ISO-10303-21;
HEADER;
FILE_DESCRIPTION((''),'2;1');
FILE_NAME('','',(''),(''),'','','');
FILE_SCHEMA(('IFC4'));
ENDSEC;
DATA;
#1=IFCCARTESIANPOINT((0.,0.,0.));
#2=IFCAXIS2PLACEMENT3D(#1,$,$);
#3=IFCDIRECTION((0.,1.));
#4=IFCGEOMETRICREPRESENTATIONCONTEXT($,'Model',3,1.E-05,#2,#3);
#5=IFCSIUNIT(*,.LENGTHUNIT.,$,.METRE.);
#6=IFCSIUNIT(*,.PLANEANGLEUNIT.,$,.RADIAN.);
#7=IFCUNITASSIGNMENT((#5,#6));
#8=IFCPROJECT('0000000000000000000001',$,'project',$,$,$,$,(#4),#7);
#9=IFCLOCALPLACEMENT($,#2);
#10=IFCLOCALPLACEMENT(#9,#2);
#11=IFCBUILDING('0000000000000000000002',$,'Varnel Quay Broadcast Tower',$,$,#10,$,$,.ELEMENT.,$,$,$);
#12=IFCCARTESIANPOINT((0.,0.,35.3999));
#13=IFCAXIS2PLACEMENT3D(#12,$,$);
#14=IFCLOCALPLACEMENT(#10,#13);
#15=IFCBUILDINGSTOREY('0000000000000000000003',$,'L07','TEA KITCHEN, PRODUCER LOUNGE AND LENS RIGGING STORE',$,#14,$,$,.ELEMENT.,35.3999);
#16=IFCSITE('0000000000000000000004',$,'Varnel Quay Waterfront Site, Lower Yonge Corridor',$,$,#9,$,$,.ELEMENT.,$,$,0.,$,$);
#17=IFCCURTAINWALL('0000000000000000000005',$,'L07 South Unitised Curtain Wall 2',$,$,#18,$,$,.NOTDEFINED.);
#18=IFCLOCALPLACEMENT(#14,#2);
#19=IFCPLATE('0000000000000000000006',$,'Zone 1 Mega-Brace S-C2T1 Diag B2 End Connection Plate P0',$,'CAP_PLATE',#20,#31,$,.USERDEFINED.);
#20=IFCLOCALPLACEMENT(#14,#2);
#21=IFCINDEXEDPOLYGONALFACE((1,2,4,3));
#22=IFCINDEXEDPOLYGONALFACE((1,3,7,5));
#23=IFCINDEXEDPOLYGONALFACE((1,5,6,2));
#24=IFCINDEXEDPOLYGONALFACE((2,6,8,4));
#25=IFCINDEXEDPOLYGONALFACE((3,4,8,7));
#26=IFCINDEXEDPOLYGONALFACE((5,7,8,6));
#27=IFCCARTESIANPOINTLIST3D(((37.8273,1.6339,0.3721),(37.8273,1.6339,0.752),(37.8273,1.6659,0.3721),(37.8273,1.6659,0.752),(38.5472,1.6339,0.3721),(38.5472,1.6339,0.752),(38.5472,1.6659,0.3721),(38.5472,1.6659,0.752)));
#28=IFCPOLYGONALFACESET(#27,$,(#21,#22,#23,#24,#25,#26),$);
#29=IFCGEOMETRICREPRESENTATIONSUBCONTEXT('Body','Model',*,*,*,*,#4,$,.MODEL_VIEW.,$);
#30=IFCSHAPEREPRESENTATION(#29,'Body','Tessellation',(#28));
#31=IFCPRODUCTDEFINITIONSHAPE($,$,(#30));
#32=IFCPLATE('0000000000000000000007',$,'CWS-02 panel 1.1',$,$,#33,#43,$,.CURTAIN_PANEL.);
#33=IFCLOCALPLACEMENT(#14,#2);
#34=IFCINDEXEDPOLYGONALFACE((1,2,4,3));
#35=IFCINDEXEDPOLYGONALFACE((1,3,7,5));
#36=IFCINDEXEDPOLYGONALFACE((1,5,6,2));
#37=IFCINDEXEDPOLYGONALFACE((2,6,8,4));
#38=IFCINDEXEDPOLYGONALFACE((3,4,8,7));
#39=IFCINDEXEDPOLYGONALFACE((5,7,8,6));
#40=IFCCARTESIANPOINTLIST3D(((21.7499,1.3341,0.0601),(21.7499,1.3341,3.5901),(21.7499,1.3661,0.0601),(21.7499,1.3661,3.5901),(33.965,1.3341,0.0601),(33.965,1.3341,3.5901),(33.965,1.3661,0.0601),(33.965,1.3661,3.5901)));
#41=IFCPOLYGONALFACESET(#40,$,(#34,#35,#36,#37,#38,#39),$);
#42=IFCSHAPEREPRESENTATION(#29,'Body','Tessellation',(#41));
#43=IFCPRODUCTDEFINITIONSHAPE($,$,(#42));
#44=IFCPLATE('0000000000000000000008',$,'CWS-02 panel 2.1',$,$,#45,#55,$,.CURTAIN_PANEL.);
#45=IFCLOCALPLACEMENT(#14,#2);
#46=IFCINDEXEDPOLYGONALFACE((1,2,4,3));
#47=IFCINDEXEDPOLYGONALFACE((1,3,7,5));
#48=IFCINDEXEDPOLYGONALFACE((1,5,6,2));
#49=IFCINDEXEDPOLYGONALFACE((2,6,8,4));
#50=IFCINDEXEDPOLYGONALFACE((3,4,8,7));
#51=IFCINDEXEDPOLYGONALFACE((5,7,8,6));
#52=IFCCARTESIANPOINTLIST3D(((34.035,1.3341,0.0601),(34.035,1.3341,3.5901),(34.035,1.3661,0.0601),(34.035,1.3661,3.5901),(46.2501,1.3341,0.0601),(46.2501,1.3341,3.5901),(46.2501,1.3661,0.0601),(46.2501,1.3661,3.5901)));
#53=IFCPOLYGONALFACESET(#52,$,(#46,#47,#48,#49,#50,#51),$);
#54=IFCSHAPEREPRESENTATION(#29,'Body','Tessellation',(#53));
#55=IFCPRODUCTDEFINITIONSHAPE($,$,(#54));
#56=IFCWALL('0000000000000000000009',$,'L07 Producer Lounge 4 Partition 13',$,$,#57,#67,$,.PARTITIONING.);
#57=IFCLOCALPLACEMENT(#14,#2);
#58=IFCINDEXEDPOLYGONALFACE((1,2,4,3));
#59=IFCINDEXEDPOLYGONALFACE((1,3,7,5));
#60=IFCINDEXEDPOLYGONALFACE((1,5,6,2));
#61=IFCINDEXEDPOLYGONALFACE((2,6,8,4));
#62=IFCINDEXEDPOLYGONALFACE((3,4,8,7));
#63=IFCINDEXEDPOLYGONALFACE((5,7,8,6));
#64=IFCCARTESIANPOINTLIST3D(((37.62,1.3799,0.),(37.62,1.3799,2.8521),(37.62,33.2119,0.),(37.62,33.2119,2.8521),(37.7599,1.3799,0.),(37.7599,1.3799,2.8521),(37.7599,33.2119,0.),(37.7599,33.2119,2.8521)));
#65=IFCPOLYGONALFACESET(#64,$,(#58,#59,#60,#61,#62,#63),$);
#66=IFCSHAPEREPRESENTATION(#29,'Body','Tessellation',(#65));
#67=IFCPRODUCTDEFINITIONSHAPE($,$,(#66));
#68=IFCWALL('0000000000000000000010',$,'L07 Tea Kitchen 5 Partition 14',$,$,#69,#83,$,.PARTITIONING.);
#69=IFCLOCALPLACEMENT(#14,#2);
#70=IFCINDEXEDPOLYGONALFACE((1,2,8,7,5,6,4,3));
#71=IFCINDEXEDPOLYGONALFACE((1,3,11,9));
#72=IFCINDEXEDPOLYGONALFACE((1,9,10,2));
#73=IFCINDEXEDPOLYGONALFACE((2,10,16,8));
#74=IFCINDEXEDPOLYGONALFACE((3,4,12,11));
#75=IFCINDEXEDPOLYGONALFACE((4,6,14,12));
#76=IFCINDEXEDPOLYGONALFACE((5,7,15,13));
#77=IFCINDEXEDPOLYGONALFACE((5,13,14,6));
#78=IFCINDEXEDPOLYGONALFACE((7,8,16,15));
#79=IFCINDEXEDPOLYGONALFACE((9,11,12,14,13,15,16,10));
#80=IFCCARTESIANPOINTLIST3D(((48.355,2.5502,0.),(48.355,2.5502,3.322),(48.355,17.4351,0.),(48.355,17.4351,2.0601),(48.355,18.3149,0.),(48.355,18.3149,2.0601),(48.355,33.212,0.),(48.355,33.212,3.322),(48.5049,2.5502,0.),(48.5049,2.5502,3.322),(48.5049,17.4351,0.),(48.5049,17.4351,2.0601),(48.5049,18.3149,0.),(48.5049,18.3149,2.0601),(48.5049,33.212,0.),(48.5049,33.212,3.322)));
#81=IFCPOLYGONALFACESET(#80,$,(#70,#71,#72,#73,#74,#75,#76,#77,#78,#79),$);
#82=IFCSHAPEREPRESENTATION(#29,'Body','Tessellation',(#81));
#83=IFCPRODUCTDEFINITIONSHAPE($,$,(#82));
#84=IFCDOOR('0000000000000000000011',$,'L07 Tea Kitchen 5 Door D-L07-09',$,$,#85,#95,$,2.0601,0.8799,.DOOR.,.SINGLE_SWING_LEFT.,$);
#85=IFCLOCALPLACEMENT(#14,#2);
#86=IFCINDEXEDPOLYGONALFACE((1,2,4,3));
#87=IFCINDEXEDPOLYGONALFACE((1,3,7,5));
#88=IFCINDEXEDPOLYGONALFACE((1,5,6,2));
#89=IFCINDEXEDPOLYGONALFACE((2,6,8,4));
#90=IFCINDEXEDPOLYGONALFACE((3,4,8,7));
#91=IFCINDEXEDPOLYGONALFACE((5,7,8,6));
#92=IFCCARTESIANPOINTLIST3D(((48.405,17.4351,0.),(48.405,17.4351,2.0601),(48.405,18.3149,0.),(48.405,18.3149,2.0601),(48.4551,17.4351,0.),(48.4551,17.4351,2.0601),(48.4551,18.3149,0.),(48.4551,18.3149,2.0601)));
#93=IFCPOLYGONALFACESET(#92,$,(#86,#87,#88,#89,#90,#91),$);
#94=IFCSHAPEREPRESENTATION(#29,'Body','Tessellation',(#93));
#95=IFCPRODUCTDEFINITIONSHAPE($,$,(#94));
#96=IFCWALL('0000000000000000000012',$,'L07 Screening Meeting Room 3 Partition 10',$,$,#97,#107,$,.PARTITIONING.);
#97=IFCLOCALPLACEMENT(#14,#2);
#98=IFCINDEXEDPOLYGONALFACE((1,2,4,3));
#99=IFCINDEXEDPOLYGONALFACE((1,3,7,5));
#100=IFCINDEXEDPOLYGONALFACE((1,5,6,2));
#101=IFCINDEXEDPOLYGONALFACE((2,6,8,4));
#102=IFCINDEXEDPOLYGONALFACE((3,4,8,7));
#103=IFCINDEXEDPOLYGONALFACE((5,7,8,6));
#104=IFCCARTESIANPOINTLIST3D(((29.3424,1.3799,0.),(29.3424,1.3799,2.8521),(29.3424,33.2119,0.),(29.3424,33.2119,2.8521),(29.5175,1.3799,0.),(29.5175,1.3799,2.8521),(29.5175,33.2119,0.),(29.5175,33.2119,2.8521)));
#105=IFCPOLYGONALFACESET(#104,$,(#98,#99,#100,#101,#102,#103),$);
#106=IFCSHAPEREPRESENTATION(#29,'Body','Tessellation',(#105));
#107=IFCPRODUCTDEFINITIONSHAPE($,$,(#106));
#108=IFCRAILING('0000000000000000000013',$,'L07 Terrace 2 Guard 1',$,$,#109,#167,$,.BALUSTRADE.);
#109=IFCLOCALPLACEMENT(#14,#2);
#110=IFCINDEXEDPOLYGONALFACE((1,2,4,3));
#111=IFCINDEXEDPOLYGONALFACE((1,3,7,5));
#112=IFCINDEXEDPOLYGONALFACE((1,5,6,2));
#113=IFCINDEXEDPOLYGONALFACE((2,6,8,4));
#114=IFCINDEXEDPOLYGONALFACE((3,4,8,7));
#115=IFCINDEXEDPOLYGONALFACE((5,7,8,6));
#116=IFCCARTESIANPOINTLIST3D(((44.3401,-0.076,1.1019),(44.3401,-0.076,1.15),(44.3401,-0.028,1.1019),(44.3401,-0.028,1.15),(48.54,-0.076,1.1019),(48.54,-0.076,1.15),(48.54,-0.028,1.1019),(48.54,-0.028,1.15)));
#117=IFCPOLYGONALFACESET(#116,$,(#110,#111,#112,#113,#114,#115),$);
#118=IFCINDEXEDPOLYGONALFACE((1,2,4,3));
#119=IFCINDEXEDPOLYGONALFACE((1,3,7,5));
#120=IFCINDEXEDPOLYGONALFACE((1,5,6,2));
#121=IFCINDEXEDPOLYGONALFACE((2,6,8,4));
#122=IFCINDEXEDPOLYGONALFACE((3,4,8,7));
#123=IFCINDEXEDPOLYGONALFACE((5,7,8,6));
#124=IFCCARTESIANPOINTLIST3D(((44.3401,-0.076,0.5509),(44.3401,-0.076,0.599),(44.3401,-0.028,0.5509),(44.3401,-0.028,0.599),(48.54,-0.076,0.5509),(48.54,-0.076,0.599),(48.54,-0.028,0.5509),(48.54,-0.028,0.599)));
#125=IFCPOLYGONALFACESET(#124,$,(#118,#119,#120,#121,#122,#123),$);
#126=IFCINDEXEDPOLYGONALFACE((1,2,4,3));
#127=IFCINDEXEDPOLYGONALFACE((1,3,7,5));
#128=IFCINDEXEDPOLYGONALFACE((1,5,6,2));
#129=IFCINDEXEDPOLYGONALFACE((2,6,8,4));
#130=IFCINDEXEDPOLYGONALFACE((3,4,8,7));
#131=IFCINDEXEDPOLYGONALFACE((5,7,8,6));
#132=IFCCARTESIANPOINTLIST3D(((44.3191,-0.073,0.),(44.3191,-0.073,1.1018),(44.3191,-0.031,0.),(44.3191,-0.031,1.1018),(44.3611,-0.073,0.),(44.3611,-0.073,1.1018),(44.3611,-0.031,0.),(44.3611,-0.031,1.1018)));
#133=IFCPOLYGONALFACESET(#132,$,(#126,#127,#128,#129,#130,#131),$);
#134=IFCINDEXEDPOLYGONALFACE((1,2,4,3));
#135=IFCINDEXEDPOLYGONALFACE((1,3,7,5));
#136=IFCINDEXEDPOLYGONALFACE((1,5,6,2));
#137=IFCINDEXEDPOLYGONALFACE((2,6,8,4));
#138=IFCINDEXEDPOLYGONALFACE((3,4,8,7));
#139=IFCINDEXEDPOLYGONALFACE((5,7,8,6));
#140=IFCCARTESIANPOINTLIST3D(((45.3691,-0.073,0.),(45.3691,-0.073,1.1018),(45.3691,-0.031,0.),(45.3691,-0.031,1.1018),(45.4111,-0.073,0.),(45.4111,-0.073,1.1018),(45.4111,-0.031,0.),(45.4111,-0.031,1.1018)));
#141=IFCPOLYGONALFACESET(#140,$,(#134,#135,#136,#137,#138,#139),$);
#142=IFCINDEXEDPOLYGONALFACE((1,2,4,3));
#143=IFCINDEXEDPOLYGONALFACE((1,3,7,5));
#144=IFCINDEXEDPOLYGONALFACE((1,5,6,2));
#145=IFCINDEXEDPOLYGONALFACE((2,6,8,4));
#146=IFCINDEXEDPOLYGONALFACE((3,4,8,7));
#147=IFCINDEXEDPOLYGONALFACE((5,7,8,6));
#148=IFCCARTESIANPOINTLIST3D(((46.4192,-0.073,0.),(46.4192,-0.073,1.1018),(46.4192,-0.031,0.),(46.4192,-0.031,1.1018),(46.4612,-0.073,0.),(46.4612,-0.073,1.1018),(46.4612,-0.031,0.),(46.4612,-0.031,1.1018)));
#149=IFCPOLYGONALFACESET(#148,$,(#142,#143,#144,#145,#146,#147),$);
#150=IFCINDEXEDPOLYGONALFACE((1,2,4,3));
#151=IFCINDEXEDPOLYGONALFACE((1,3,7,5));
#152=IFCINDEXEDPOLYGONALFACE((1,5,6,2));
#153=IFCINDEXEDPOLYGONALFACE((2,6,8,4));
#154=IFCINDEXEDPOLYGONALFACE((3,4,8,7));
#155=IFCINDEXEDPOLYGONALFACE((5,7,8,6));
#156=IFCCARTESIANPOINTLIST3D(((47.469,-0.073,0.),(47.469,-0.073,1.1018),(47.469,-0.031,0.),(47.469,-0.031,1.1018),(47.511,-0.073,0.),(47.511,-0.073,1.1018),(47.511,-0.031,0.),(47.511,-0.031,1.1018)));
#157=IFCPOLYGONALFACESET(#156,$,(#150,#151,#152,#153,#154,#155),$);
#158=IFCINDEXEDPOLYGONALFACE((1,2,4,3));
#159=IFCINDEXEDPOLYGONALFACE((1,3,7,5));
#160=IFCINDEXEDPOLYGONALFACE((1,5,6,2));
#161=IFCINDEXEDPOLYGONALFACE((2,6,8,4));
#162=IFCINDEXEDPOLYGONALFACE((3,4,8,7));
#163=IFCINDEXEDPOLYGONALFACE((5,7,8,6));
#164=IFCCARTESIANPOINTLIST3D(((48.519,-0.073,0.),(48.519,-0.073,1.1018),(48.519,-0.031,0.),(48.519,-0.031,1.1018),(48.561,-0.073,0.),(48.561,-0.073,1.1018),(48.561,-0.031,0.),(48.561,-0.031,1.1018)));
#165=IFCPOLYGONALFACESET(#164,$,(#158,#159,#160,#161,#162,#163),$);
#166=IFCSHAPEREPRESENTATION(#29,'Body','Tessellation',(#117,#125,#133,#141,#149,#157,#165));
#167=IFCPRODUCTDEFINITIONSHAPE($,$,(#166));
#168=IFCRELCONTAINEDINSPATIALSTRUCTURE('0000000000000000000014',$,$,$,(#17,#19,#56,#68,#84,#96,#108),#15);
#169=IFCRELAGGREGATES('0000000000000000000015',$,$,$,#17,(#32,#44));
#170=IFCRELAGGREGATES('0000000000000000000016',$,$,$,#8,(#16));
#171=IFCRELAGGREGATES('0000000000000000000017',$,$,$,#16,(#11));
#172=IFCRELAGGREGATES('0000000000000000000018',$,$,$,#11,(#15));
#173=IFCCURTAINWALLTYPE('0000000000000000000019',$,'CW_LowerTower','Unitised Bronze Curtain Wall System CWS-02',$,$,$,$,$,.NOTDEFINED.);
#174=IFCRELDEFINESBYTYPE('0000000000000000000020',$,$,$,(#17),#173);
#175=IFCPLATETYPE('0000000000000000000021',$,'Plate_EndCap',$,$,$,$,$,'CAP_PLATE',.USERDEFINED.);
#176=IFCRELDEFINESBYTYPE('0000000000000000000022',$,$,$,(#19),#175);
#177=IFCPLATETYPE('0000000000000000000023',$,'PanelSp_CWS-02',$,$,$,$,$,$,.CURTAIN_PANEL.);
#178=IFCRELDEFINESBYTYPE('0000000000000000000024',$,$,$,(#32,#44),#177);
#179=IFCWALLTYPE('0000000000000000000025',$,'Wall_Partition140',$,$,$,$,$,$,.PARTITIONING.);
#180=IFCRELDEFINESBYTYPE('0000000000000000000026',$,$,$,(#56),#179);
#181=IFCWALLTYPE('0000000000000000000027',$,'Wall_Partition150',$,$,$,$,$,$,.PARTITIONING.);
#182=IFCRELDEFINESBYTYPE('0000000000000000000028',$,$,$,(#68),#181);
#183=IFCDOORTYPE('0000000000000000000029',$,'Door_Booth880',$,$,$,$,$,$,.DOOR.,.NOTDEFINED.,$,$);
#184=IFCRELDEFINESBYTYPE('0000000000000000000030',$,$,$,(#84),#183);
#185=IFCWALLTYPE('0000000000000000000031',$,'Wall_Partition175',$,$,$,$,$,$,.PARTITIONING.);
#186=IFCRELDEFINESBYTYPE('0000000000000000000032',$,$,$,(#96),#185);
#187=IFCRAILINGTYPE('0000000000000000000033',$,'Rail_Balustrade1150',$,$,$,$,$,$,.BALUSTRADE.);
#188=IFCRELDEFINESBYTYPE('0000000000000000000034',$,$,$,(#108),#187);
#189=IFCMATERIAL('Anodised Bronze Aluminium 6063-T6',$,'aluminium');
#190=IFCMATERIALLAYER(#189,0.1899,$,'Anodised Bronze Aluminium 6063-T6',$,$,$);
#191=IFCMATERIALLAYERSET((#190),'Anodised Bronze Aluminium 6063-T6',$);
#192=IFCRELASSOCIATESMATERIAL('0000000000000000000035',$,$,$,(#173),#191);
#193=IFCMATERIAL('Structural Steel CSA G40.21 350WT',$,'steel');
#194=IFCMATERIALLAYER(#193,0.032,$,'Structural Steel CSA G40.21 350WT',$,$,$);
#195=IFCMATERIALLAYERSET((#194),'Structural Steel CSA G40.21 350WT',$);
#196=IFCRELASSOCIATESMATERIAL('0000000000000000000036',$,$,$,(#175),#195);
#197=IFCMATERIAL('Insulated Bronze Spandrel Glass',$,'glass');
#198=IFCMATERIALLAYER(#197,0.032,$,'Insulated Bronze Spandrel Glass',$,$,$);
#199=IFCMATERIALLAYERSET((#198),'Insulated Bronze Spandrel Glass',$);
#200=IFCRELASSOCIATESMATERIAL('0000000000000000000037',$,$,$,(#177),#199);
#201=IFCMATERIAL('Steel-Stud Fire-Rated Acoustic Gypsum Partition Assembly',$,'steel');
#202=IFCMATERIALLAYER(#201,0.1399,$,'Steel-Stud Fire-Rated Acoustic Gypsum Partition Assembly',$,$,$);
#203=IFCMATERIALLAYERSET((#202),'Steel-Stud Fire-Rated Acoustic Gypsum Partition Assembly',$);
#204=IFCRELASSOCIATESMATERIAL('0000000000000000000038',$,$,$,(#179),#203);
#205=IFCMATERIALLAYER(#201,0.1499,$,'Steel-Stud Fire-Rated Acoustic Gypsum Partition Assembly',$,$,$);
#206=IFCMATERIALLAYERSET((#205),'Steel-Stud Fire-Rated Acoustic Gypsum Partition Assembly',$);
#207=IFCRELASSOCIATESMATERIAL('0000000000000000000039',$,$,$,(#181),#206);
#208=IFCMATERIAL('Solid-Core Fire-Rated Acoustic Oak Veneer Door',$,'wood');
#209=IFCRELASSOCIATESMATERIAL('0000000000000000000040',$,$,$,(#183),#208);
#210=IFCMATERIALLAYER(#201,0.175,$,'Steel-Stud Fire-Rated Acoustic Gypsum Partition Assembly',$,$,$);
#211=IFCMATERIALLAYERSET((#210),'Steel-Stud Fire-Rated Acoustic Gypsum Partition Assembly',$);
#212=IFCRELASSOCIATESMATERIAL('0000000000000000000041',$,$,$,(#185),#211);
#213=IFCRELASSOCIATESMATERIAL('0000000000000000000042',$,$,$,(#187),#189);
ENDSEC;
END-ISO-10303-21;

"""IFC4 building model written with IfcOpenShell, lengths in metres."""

from ifc_helpers import new_model, si_unit, direction, frame, frame_2d, origin, origin_2d, place, context, subcontext, project, spatial, rectangle, extrude, source, transform, mapped, material, layer, layer_set, type_object, type_shapes, element, fill, aggregate, save


model = new_model("IFC4")

# Units and contexts
model_context = context("Model", 3, precision=1e-05, world=origin(), true_north=direction((0.0, 1.0)))
body_context = subcontext(model_context, "Body", "Model", "MODEL_VIEW")
ifc_project = project(units=[si_unit("LENGTHUNIT", "METRE"), si_unit("PLANEANGLEUNIT", "RADIAN")], contexts=[model_context])

# Site, building, storey
site_placement = place(None, origin())
site = spatial("IfcSite", under=ifc_project, at=site_placement, Name="Varnel Quay Waterfront Site, Lower Yonge Corridor", CompositionType="ELEMENT", RefElevation=0.0)
building_placement = place(site_placement, origin())
building = spatial("IfcBuilding", under=site, at=building_placement, Name="Varnel Quay Broadcast Tower", CompositionType="ELEMENT")
storey_placement = place(building_placement, frame((0.0, 0.0, 35.3999)))
storey = spatial("IfcBuildingStorey", under=building, at=storey_placement, Name="L07", Description="TEA KITCHEN, PRODUCER LOUNGE AND LENS RIGGING STORE", CompositionType="ELEMENT", Elevation=35.3999)

# Curtain wall
ifc_material_1 = material(Name="Anodised Bronze Aluminium 6063-T6", Category="aluminium")
ifc_layer_1 = layer(ifc_material_1, 0.1899, Name="Anodised Bronze Aluminium 6063-T6")
ifc_layer_set_1 = layer_set([ifc_layer_1], Name="Anodised Bronze Aluminium 6063-T6")
curtain_wall_type = type_object("IfcCurtainWallType", Name="CW_LowerTower", Description="Unitised Bronze Curtain Wall System CWS-02", PredefinedType="NOTDEFINED", material=ifc_layer_set_1)
curtain_wall_placement = place(storey_placement, origin())
curtain_wall = element("IfcCurtainWall", 1, at=curtain_wall_placement, inside=storey, type_object=curtain_wall_type, Name="L07 South Unitised Curtain Wall 2", PredefinedType="NOTDEFINED")

# Plate
ifc_material_2 = material(Name="Structural Steel CSA G40.21 350WT", Category="steel")
ifc_layer_2 = layer(ifc_material_2, 0.032, Name="Structural Steel CSA G40.21 350WT")
ifc_layer_set_2 = layer_set([ifc_layer_2], Name="Structural Steel CSA G40.21 350WT")
plate_type_1 = type_object("IfcPlateType", Name="Plate_EndCap", ElementType="CAP_PLATE", PredefinedType="USERDEFINED", material=ifc_layer_set_2)
shared_shape_1 = source(origin(), body_context, "Body", "SweptSolid", [
    extrude(rectangle(XDim=0.72, YDim=0.032, at=origin_2d()), origin(), (0.0, 0.0, 1.0), 0.3799),
])
type_shapes(plate_type_1, [shared_shape_1])
for number, where, z_axis, x_axis, name in (
    (2, (38.1873, 1.6499, 0.3721), (0.0, 0.0, 1.0), (1.0, 0.0, 0.0), "Zone 1 Mega-Brace S-C2T1 Diag B2 End Connection Plate P0"),
):
    element("IfcPlate", number, at=place(storey_placement, frame(where, z_axis=z_axis, x_axis=x_axis)), inside=storey, type_object=plate_type_1, Name=name, ObjectType="CAP_PLATE", PredefinedType="USERDEFINED", context=body_context, shape_type="MappedRepresentation", body=[
        mapped(shared_shape_1, transform((0.0, 0.0, 0.0), x_axis=(1.0, 0.0, 0.0), y_axis=(0.0, 1.0, 0.0), z_axis=(0.0, 0.0, 1.0), scale=1.0)),
    ])

# Plates
ifc_material_3 = material(Name="Insulated Bronze Spandrel Glass", Category="glass")
ifc_layer_3 = layer(ifc_material_3, 0.032, Name="Insulated Bronze Spandrel Glass")
ifc_layer_set_3 = layer_set([ifc_layer_3], Name="Insulated Bronze Spandrel Glass")
plate_type_2 = type_object("IfcPlateType", Name="PanelSp_CWS-02", PredefinedType="CURTAIN_PANEL", material=ifc_layer_set_3)
shared_shape_2 = source(origin(), body_context, "Body", "SweptSolid", [
    extrude(rectangle(XDim=12.2151, YDim=0.032, at=origin_2d()), origin(), (0.0, 0.0, 1.0), 3.53),
])
type_shapes(plate_type_2, [shared_shape_2])
plate_1_placement = place(storey_placement, frame((27.8574, 1.3501, 0.0601), z_axis=(0.0, 0.0, 1.0), x_axis=(1.0, 0.0, 0.0)))
plate_1 = element("IfcPlate", 3, at=plate_1_placement, type_object=plate_type_2, Name="CWS-02 panel 1.1", PredefinedType="CURTAIN_PANEL", context=body_context, shape_type="MappedRepresentation", body=[
    mapped(shared_shape_2, transform((0.0, 0.0, 0.0), x_axis=(1.0, 0.0, 0.0), y_axis=(0.0, 1.0, 0.0), z_axis=(0.0, 0.0, 1.0), scale=1.0)),
])
plate_2_placement = place(storey_placement, frame((40.1426, 1.3501, 0.0601), z_axis=(0.0, 0.0, 1.0), x_axis=(1.0, 0.0, 0.0)))
plate_2 = element("IfcPlate", 4, at=plate_2_placement, type_object=plate_type_2, Name="CWS-02 panel 2.1", PredefinedType="CURTAIN_PANEL", context=body_context, shape_type="MappedRepresentation", body=[
    mapped(shared_shape_2, transform((0.0, 0.0, 0.0), x_axis=(1.0, 0.0, 0.0), y_axis=(0.0, 1.0, 0.0), z_axis=(0.0, 0.0, 1.0), scale=1.0)),
])
aggregate(curtain_wall, [plate_1, plate_2])

# Wall
ifc_material_4 = material(Name="Steel-Stud Fire-Rated Acoustic Gypsum Partition Assembly", Category="steel")
ifc_layer_4 = layer(ifc_material_4, 0.1399, Name="Steel-Stud Fire-Rated Acoustic Gypsum Partition Assembly")
ifc_layer_set_4 = layer_set([ifc_layer_4], Name="Steel-Stud Fire-Rated Acoustic Gypsum Partition Assembly")
wall_type_1 = type_object("IfcWallType", Name="Wall_Partition140", PredefinedType="PARTITIONING", material=ifc_layer_set_4)
wall_1_placement = place(storey_placement, frame((37.6899, 1.3799, 0.0), z_axis=(0.0, 0.0, 1.0), x_axis=(0.0, 1.0, 0.0)))
element("IfcWall", 5, at=wall_1_placement, inside=storey, type_object=wall_type_1, Name="L07 Producer Lounge 4 Partition 13", PredefinedType="PARTITIONING", context=body_context, shape_type="SweptSolid", body=[
    extrude(rectangle(XDim=31.832, YDim=0.1399, at=frame_2d((15.916, 0.0))), origin(), (0.0, 0.0, 1.0), 2.8521),
])

# Wall, opening, door
ifc_layer_5 = layer(ifc_material_4, 0.1499, Name="Steel-Stud Fire-Rated Acoustic Gypsum Partition Assembly")
ifc_layer_set_5 = layer_set([ifc_layer_5], Name="Steel-Stud Fire-Rated Acoustic Gypsum Partition Assembly")
wall_type_2 = type_object("IfcWallType", Name="Wall_Partition150", PredefinedType="PARTITIONING", material=ifc_layer_set_5)
wall_2_placement = place(storey_placement, frame((48.4299, 2.55, 0.0), z_axis=(0.0, 0.0, 1.0), x_axis=(0.0, 1.0, 0.0)))
wall_2 = element("IfcWall", 6, at=wall_2_placement, inside=storey, type_object=wall_type_2, Name="L07 Tea Kitchen 5 Partition 14", PredefinedType="PARTITIONING", context=body_context, shape_type="SweptSolid", body=[
    extrude(rectangle(XDim=30.6619, YDim=0.1499, at=frame_2d((15.3311, 0.0))), origin(), (0.0, 0.0, 1.0), 3.322),
])
opening_1_placement = place(wall_2_placement, frame((14.885, 0.0, 0.0)))
opening_1 = element("IfcOpeningElement", 7, at=opening_1_placement, cuts=wall_2, PredefinedType="OPENING", context=body_context, shape_type="SweptSolid", body=[
    extrude(rectangle(XDim=0.8799, YDim=2.0601, at=frame_2d((0.4399, 1.03))), frame((0.0, 0.085, 0.0), z_axis=(0.0, -1.0, 0.0), x_axis=(1.0, 0.0, 0.0)), (0.0, 0.0, 1.0), 0.1699),
])
ifc_material_5 = material(Name="Solid-Core Fire-Rated Acoustic Oak Veneer Door", Category="wood")
door_type_1 = type_object("IfcDoorType", Name="Door_Booth880", OperationType="NOTDEFINED", PredefinedType="DOOR", material=ifc_material_5)
shared_shape_3 = source(origin(), body_context, "Body", "SweptSolid", [
    extrude(rectangle(XDim=0.8799, YDim=2.0601, at=frame_2d((0.4399, 1.03))), frame((0.0, 0.0249, 0.0), z_axis=(0.0, -1.0, 0.0), x_axis=(1.0, 0.0, 0.0)), (0.0, 0.0, 1.0), 0.05),
])
type_shapes(door_type_1, [shared_shape_3])
door_1_placement = place(opening_1_placement, origin())
door_1 = element("IfcDoor", 8, at=door_1_placement, inside=storey, type_object=door_type_1, Name="L07 Tea Kitchen 5 Door D-L07-09", OperationType="SINGLE_SWING_LEFT", OverallHeight=2.0601, OverallWidth=0.8799, PredefinedType="DOOR", context=body_context, shape_type="MappedRepresentation", body=[
    mapped(shared_shape_3, transform((0.0, 0.0, 0.0), x_axis=(1.0, 0.0, 0.0), y_axis=(0.0, 1.0, 0.0), z_axis=(0.0, 0.0, 1.0), scale=1.0)),
])
fill(opening_1, door_1)

# Wall
ifc_layer_6 = layer(ifc_material_4, 0.175, Name="Steel-Stud Fire-Rated Acoustic Gypsum Partition Assembly")
ifc_layer_set_6 = layer_set([ifc_layer_6], Name="Steel-Stud Fire-Rated Acoustic Gypsum Partition Assembly")
wall_type_3 = type_object("IfcWallType", Name="Wall_Partition175", PredefinedType="PARTITIONING", material=ifc_layer_set_6)
wall_3_placement = place(storey_placement, frame((29.4299, 1.3799, 0.0), z_axis=(0.0, 0.0, 1.0), x_axis=(0.0, 1.0, 0.0)))
element("IfcWall", 9, at=wall_3_placement, inside=storey, type_object=wall_type_3, Name="L07 Screening Meeting Room 3 Partition 10", PredefinedType="PARTITIONING", context=body_context, shape_type="SweptSolid", body=[
    extrude(rectangle(XDim=31.832, YDim=0.175, at=frame_2d((15.916, 0.0))), origin(), (0.0, 0.0, 1.0), 2.8521),
])

# Railing
railing_type = type_object("IfcRailingType", Name="Rail_Balustrade1150", PredefinedType="BALUSTRADE", material=ifc_material_1)
railing_1_placement = place(storey_placement, frame((44.3401, -0.052, 0.0)))
element("IfcRailing", 10, at=railing_1_placement, inside=storey, type_object=railing_type, Name="L07 Terrace 2 Guard 1", PredefinedType="BALUSTRADE", context=body_context, shape_type="SweptSolid", body=[
    extrude(rectangle(XDim=0.0481, YDim=0.0481, at=origin_2d()), frame((0.0, 0.0, 1.126), z_axis=(1.0, 0.0, 0.0), x_axis=(0.0, 1.0, 0.0)), (0.0, 0.0, 1.0), 4.2),
    extrude(rectangle(XDim=0.0481, YDim=0.0481, at=origin_2d()), frame((0.0, 0.0, 0.575), z_axis=(1.0, 0.0, 0.0), x_axis=(0.0, 1.0, 0.0)), (0.0, 0.0, 1.0), 4.2),
    extrude(rectangle(XDim=0.042, YDim=0.042, at=origin_2d()), origin(), (0.0, 0.0, 1.0), 1.1018),
    extrude(rectangle(XDim=0.042, YDim=0.042, at=origin_2d()), frame((1.05, 0.0, 0.0)), (0.0, 0.0, 1.0), 1.1018),
    extrude(rectangle(XDim=0.042, YDim=0.042, at=origin_2d()), frame((2.1001, 0.0, 0.0)), (0.0, 0.0, 1.0), 1.1018),
    extrude(rectangle(XDim=0.042, YDim=0.042, at=origin_2d()), frame((3.1499, 0.0, 0.0)), (0.0, 0.0, 1.0), 1.1018),
    extrude(rectangle(XDim=0.042, YDim=0.042, at=origin_2d()), frame((4.2, 0.0, 0.0)), (0.0, 0.0, 1.0), 1.1018),
])

save(model, "model.ifc")
